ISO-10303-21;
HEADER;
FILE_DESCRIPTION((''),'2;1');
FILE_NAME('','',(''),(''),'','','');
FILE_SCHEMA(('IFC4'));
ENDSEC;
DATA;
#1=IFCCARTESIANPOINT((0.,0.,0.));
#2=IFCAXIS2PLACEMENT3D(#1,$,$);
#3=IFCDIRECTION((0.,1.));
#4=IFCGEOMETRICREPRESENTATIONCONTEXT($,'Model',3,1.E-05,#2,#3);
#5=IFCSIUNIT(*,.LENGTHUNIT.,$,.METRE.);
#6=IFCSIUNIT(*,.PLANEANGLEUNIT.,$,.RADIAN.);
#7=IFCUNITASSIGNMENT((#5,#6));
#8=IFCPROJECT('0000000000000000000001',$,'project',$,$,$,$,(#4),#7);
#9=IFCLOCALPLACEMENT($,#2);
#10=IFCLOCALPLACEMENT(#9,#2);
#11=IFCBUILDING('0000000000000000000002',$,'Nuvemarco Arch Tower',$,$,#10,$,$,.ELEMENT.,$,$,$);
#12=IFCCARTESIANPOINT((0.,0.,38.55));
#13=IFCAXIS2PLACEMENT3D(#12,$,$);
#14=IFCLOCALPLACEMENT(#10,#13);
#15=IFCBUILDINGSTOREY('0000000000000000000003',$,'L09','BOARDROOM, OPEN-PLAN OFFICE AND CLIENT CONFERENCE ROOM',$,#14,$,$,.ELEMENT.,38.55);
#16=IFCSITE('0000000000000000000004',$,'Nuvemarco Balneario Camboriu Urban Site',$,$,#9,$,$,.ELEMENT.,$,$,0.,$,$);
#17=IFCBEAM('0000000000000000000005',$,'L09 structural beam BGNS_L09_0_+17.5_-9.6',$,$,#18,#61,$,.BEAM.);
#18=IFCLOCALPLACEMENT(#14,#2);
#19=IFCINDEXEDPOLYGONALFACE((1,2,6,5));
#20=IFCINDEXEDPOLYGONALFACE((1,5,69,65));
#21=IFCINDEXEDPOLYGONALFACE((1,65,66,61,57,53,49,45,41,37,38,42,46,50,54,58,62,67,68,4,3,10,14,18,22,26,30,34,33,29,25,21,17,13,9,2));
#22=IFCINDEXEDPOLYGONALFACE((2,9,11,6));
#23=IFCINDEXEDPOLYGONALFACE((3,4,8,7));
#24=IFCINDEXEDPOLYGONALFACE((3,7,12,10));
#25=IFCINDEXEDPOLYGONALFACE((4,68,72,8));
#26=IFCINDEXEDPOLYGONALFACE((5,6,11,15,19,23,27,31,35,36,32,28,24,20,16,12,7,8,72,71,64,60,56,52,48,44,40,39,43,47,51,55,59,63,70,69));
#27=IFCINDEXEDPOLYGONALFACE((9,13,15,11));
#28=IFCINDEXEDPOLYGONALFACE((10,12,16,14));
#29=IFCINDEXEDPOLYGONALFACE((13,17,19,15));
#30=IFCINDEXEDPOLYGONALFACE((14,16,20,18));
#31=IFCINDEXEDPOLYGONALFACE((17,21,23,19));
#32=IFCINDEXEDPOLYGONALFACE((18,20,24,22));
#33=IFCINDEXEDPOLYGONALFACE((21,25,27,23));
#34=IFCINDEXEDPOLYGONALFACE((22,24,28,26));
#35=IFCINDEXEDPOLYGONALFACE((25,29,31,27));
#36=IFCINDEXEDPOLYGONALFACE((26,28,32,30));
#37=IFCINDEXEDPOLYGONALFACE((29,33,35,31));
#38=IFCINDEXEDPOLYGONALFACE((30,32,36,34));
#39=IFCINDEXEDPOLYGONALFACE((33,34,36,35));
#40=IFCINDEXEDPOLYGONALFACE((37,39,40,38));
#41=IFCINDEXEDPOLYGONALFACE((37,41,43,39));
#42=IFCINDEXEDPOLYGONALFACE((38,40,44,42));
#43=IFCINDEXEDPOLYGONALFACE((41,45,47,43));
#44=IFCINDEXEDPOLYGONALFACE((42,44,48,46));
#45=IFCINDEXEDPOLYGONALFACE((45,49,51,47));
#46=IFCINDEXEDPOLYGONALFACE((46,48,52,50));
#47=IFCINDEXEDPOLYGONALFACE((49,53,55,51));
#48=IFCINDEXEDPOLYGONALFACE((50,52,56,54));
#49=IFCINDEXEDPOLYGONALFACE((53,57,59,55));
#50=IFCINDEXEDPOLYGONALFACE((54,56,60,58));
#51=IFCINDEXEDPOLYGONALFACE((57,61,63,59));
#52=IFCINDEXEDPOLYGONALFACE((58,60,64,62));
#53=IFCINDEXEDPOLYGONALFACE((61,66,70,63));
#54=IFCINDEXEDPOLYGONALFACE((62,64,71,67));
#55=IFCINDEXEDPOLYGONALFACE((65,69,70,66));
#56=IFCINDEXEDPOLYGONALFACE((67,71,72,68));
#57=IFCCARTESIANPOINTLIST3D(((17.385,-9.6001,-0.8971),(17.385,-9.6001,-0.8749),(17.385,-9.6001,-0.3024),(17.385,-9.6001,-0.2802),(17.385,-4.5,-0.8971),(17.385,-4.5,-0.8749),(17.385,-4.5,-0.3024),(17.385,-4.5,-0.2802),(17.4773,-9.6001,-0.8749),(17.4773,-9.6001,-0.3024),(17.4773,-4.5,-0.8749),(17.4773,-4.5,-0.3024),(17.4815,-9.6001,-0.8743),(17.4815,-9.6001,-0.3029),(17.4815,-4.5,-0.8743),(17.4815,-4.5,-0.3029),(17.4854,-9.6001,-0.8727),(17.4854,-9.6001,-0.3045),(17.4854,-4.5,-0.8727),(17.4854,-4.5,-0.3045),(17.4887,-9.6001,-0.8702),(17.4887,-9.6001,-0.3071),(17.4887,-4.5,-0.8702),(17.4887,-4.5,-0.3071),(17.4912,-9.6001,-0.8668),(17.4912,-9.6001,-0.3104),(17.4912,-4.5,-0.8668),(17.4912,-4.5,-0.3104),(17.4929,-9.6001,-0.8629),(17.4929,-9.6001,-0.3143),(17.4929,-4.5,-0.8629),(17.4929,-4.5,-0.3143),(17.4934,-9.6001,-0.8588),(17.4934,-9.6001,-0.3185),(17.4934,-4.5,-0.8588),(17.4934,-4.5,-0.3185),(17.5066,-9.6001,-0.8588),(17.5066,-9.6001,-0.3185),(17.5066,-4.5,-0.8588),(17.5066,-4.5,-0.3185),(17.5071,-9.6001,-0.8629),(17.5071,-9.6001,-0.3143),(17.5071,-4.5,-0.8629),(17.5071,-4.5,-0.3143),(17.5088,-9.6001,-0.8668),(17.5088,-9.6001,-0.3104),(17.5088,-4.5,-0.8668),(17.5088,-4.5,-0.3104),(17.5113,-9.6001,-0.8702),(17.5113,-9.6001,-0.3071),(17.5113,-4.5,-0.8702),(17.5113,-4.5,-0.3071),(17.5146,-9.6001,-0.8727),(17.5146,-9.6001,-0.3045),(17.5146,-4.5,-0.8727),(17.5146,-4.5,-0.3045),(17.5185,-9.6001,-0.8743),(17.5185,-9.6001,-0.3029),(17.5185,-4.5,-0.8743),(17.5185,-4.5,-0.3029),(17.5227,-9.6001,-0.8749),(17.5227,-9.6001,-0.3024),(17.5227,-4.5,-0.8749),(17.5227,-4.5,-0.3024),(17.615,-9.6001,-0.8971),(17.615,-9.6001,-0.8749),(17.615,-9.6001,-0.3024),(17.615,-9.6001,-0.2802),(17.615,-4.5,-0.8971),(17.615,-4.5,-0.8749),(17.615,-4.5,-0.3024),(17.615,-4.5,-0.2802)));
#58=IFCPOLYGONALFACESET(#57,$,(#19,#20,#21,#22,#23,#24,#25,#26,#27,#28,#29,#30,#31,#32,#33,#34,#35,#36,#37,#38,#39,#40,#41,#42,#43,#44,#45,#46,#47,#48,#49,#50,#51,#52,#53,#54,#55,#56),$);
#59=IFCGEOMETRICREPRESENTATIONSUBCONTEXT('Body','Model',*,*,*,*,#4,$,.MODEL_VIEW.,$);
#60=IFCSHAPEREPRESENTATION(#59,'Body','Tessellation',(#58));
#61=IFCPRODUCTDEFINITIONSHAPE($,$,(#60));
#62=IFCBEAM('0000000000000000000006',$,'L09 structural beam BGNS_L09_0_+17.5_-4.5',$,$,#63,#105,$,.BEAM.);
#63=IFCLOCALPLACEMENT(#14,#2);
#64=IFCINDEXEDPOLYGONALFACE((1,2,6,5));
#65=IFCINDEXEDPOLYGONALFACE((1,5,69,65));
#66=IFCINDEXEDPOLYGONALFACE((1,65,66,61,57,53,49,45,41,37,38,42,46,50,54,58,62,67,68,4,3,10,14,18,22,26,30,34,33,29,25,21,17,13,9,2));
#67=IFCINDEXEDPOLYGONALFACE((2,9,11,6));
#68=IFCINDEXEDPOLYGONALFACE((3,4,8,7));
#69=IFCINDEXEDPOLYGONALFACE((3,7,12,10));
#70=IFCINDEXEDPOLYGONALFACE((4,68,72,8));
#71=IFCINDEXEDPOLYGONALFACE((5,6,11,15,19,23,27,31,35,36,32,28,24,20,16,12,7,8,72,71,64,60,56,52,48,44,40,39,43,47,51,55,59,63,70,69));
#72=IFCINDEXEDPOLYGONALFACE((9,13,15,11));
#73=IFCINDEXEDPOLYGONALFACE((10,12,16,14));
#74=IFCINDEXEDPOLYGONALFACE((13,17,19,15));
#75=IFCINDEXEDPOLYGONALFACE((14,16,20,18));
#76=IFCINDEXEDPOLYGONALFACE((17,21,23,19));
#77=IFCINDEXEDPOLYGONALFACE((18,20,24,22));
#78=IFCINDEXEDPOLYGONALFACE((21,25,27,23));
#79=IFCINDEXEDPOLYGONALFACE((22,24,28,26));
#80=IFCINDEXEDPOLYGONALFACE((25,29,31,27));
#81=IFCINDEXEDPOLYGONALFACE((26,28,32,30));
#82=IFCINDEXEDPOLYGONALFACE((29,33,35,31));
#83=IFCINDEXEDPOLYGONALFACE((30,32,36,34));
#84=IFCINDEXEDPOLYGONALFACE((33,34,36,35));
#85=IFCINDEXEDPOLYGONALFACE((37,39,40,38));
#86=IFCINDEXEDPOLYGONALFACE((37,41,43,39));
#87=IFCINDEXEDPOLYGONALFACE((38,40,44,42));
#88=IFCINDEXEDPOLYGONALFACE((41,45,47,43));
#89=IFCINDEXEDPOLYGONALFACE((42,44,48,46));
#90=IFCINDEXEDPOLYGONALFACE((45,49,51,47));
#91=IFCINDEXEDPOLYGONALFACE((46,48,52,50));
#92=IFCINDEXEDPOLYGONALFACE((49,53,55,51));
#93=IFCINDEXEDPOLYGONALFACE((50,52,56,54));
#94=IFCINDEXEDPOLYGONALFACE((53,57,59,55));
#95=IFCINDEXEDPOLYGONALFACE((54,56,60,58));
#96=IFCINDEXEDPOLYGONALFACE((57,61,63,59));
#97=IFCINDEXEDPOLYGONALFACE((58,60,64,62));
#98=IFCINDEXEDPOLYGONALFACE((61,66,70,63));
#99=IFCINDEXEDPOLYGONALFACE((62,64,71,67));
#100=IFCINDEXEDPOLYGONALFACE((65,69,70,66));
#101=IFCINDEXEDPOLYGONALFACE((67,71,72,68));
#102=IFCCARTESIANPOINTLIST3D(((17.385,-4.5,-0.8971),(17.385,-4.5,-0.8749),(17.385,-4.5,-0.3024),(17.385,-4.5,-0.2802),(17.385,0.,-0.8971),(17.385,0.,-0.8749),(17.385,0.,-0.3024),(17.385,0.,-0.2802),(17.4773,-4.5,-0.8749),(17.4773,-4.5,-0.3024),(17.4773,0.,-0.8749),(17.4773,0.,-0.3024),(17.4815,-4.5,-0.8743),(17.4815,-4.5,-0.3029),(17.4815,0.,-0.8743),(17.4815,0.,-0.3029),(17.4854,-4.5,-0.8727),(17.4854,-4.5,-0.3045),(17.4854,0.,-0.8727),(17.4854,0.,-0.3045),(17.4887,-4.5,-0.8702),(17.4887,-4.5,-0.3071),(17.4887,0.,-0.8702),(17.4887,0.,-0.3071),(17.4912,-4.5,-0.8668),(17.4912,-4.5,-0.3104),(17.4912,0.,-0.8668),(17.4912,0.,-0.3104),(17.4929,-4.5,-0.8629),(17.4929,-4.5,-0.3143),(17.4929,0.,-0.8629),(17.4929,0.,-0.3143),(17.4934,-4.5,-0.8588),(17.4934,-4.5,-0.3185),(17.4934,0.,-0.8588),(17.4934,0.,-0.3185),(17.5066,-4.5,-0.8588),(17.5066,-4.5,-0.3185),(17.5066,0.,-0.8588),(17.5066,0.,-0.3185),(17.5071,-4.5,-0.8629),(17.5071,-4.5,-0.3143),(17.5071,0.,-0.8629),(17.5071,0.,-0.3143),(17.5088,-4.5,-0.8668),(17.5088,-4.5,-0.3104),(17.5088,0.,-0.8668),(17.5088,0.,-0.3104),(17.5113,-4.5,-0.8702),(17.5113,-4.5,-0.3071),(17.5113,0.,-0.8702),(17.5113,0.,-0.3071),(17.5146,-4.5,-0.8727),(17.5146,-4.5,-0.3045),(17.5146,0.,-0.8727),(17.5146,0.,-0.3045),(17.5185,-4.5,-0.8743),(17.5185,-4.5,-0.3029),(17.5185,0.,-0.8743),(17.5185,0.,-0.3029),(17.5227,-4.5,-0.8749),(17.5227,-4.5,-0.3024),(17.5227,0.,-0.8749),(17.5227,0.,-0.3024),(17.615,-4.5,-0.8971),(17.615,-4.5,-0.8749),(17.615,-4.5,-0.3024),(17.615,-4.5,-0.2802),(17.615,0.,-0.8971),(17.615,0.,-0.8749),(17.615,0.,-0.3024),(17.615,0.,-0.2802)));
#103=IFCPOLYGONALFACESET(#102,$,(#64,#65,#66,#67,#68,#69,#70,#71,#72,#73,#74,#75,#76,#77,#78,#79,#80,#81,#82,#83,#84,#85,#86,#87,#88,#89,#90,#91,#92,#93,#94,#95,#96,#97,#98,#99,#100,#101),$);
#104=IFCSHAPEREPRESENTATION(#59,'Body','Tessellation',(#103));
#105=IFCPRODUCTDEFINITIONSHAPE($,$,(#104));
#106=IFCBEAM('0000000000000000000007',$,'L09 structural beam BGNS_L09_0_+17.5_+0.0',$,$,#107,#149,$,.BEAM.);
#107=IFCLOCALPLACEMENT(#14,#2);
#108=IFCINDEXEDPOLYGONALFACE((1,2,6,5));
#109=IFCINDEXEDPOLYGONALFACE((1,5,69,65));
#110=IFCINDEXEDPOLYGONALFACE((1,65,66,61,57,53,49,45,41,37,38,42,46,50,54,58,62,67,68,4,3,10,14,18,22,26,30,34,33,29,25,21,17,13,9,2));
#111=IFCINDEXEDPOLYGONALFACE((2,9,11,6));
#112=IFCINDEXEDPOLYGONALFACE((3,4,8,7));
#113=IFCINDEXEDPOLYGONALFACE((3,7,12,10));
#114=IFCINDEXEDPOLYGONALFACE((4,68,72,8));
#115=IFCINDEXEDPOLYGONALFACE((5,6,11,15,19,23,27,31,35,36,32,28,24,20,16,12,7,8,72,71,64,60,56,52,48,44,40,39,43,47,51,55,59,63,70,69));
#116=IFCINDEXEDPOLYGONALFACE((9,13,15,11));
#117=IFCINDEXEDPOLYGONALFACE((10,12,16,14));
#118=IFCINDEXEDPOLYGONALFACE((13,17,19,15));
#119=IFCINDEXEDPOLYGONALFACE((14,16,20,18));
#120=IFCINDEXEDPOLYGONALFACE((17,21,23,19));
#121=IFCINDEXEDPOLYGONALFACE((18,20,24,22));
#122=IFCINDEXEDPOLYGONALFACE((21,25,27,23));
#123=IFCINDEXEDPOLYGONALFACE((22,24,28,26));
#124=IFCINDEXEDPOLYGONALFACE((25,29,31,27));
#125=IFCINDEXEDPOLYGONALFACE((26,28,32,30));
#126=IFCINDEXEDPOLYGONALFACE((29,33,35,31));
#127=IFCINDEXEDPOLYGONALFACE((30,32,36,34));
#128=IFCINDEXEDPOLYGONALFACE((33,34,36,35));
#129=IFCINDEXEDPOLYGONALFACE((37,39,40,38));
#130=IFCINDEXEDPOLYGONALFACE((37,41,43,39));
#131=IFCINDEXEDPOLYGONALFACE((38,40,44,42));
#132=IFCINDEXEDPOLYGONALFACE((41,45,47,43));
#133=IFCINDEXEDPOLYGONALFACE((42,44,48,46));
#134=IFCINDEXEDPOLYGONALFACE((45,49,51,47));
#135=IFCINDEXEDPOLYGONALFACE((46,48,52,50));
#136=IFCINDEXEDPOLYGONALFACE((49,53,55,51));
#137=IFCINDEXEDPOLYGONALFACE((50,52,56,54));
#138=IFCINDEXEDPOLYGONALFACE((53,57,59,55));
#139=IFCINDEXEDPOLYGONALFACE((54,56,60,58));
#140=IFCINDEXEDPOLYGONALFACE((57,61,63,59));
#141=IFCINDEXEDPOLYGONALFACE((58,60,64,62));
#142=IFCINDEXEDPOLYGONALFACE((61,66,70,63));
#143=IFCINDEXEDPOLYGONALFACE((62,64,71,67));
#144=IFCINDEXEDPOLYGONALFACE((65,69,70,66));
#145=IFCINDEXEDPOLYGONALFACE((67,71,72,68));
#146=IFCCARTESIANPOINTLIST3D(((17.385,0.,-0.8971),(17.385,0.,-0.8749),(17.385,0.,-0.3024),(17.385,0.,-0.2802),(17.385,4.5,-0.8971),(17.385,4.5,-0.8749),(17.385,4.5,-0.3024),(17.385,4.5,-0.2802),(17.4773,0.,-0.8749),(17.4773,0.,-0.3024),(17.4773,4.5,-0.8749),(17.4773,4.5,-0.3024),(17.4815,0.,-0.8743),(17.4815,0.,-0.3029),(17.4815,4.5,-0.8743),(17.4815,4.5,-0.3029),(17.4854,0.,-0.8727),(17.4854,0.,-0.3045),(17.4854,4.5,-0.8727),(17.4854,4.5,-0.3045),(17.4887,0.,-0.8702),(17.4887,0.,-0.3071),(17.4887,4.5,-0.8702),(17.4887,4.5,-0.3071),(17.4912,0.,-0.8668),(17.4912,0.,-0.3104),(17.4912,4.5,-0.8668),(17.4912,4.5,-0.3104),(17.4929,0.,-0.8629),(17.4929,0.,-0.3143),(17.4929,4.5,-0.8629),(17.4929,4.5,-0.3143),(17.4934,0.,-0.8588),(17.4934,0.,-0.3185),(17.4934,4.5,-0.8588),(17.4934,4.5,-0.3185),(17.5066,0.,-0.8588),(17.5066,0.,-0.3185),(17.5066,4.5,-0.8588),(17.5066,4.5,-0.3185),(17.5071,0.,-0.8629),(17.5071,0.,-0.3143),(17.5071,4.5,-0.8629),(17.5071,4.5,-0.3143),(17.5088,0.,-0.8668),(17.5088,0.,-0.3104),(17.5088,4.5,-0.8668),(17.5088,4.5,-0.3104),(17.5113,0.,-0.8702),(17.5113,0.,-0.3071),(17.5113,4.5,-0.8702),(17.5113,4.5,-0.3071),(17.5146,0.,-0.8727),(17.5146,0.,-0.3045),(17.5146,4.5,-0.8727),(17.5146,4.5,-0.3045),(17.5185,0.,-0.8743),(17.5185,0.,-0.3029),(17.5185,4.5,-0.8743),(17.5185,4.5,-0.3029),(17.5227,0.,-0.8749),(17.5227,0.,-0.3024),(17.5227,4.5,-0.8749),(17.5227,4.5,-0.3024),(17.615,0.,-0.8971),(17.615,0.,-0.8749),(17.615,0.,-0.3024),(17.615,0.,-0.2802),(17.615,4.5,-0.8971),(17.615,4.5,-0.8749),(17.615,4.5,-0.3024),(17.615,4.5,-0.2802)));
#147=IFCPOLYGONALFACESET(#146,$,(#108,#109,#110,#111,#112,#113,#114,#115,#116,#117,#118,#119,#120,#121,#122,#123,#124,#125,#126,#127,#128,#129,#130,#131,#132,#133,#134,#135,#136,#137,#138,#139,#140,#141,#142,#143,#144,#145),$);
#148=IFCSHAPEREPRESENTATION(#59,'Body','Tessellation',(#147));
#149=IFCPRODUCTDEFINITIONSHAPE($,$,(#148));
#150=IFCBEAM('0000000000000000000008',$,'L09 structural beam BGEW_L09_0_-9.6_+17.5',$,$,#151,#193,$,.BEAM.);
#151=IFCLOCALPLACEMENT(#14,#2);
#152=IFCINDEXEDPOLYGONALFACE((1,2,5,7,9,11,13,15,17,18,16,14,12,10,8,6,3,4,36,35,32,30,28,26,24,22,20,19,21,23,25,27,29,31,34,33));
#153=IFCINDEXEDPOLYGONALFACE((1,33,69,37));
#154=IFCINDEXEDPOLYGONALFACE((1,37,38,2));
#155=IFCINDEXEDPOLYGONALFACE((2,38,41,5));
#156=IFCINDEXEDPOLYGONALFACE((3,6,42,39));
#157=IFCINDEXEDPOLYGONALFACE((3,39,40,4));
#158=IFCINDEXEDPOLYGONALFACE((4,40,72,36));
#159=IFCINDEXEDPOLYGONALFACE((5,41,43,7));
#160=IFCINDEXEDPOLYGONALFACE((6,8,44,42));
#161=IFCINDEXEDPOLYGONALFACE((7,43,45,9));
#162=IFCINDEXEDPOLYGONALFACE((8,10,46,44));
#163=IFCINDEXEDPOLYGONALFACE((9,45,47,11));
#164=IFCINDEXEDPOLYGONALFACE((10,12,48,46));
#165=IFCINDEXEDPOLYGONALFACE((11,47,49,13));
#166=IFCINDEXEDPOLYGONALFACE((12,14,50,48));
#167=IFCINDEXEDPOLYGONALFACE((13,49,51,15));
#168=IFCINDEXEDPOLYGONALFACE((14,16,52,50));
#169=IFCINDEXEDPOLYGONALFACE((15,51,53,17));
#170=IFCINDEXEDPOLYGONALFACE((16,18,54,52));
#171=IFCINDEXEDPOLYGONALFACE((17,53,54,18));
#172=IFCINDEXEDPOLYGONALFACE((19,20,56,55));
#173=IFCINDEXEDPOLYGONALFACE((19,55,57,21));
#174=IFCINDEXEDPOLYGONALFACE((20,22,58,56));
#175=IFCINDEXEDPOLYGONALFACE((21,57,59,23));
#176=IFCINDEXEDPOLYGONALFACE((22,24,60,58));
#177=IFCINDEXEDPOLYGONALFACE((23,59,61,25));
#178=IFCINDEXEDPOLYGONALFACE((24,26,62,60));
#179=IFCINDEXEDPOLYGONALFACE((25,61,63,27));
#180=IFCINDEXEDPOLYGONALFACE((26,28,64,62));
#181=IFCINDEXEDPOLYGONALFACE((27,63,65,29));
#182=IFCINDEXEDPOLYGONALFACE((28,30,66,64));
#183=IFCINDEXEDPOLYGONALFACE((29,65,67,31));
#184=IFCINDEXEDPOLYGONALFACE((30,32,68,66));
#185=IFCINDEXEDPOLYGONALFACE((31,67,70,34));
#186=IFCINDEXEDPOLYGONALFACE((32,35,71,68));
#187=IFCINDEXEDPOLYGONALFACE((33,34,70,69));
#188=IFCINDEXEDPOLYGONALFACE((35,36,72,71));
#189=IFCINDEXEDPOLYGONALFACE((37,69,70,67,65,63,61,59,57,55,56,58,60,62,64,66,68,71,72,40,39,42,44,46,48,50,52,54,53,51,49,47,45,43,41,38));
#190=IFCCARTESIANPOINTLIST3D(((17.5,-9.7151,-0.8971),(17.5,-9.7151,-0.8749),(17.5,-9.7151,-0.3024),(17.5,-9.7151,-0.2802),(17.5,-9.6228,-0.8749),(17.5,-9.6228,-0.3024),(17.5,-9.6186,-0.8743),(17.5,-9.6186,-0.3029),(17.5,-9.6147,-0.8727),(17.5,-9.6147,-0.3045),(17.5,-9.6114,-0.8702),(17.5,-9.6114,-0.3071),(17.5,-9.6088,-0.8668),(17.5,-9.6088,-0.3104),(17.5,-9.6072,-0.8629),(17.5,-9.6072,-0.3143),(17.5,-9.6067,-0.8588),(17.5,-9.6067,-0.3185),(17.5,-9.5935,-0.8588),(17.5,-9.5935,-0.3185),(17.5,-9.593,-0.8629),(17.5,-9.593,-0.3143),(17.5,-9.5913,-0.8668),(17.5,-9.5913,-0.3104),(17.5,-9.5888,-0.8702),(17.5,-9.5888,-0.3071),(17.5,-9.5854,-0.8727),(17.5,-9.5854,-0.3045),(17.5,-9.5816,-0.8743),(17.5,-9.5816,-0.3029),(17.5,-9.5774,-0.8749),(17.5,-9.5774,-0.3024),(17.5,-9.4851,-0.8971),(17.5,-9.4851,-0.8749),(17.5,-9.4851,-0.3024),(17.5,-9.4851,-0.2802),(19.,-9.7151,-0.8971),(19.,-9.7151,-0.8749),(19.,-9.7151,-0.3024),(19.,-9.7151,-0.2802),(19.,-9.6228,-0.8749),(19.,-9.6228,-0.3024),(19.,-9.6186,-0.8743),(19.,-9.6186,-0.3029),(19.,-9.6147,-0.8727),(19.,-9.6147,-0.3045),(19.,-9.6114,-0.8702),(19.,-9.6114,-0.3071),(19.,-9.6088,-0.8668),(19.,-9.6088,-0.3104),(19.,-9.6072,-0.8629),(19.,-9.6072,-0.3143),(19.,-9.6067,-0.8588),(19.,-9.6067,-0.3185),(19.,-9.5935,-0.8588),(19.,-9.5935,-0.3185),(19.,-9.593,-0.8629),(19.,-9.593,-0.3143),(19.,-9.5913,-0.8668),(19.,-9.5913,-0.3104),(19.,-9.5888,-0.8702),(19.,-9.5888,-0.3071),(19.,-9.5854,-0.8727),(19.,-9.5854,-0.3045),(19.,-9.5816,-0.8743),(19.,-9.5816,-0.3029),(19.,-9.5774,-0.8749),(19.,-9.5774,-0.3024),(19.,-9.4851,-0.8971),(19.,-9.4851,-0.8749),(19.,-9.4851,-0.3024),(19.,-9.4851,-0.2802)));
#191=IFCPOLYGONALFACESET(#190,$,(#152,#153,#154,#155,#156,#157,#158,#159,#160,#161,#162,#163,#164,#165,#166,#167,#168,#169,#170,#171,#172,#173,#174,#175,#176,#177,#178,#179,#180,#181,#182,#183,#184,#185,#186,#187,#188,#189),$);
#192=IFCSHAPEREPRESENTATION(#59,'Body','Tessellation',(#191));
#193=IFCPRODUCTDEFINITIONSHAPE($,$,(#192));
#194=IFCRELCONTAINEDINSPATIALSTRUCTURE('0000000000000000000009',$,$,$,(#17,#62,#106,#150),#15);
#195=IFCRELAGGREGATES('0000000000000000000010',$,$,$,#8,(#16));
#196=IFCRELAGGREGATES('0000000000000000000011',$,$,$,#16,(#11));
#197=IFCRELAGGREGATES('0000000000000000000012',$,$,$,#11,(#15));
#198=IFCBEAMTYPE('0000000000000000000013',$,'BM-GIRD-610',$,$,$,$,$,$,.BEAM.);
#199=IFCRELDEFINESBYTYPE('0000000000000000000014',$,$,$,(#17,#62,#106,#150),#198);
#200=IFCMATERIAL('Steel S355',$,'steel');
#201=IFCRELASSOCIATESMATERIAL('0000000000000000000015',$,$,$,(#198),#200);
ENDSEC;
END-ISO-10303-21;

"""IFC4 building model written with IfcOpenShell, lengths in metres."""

from ifc_helpers import new_model, si_unit, direction, frame, origin, origin_2d, place, context, subcontext, project, spatial, i_section, extrude, material, material_profile, profile_set, type_object, element, save


model = new_model("IFC4")

# Units and contexts
model_context = context("Model", 3, precision=1e-05, world=origin(), true_north=direction((0.0, 1.0)))
body_context = subcontext(model_context, "Body", "Model", "MODEL_VIEW")
ifc_project = project(units=[si_unit("LENGTHUNIT", "METRE"), si_unit("PLANEANGLEUNIT", "RADIAN")], contexts=[model_context])

# Site, building, storey
site_placement = place(None, origin())
site = spatial("IfcSite", under=ifc_project, at=site_placement, Name="Nuvemarco Balneario Camboriu Urban Site", CompositionType="ELEMENT", RefElevation=0.0)
building_placement = place(site_placement, origin())
building = spatial("IfcBuilding", under=site, at=building_placement, Name="Nuvemarco Arch Tower", CompositionType="ELEMENT")
storey_placement = place(building_placement, frame((0.0, 0.0, 38.55)))
storey = spatial("IfcBuildingStorey", under=building, at=storey_placement, Name="L09", Description="BOARDROOM, OPEN-PLAN OFFICE AND CLIENT CONFERENCE ROOM", CompositionType="ELEMENT", Elevation=38.55)

# Beams
ifc_material_1 = material(Name="Steel S355", Category="steel")
ifc_material_profile_1 = material_profile(ifc_material_1, i_section(OverallWidth=0.23, OverallDepth=0.6169, WebThickness=0.0132, FlangeThickness=0.0222, FilletRadius=0.0161, at=origin_2d()), Name="W610x140")
ifc_profile_set_1 = profile_set([ifc_material_profile_1], Name="Steel S355")
beam_type_1 = type_object("IfcBeamType", Name="BM-GIRD-610", PredefinedType="BEAM", material=ifc_profile_set_1)
beam_1_placement = place(storey_placement, frame((17.5, -9.6001, -0.5886), z_axis=(0.0, 1.0, 0.0), x_axis=(-1.0, 0.0, 0.0)))
element("IfcBeam", 1, at=beam_1_placement, inside=storey, type_object=beam_type_1, Name="L09 structural beam BGNS_L09_0_+17.5_-9.6", PredefinedType="BEAM", context=body_context, shape_type="SweptSolid", body=[
    extrude(i_section(OverallWidth=0.23, OverallDepth=0.6169, WebThickness=0.0132, FlangeThickness=0.0222, FilletRadius=0.0161, at=origin_2d()), origin(), (0.0, 0.0, 1.0), 5.1001),
])
for number, where, z_axis, x_axis, name in (
    (2, (17.5, -4.5, -0.5886), (0.0, 1.0, 0.0), (-1.0, 0.0, 0.0), "L09 structural beam BGNS_L09_0_+17.5_-4.5"),
    (3, (17.5, 0.0, -0.5886), (0.0, 1.0, 0.0), (-1.0, 0.0, 0.0), "L09 structural beam BGNS_L09_0_+17.5_+0.0"),
):
    element("IfcBeam", number, at=place(storey_placement, frame(where, z_axis=z_axis, x_axis=x_axis)), inside=storey, type_object=beam_type_1, Name=name, PredefinedType="BEAM", context=body_context, shape_type="SweptSolid", body=[
        extrude(i_section(OverallWidth=0.23, OverallDepth=0.6169, WebThickness=0.0132, FlangeThickness=0.0222, FilletRadius=0.0161, at=origin_2d()), origin(), (0.0, 0.0, 1.0), 4.5),
    ])
beam_2_placement = place(storey_placement, frame((17.5, -9.6001, -0.5886), z_axis=(1.0, 0.0, 0.0), x_axis=(0.0, 1.0, 0.0)))
element("IfcBeam", 4, at=beam_2_placement, inside=storey, type_object=beam_type_1, Name="L09 structural beam BGEW_L09_0_-9.6_+17.5", PredefinedType="BEAM", context=body_context, shape_type="SweptSolid", body=[
    extrude(i_section(OverallWidth=0.23, OverallDepth=0.6169, WebThickness=0.0132, FlangeThickness=0.0222, FilletRadius=0.0161, at=origin_2d()), origin(), (0.0, 0.0, 1.0), 1.5),
])

save(model, "model.ifc")
